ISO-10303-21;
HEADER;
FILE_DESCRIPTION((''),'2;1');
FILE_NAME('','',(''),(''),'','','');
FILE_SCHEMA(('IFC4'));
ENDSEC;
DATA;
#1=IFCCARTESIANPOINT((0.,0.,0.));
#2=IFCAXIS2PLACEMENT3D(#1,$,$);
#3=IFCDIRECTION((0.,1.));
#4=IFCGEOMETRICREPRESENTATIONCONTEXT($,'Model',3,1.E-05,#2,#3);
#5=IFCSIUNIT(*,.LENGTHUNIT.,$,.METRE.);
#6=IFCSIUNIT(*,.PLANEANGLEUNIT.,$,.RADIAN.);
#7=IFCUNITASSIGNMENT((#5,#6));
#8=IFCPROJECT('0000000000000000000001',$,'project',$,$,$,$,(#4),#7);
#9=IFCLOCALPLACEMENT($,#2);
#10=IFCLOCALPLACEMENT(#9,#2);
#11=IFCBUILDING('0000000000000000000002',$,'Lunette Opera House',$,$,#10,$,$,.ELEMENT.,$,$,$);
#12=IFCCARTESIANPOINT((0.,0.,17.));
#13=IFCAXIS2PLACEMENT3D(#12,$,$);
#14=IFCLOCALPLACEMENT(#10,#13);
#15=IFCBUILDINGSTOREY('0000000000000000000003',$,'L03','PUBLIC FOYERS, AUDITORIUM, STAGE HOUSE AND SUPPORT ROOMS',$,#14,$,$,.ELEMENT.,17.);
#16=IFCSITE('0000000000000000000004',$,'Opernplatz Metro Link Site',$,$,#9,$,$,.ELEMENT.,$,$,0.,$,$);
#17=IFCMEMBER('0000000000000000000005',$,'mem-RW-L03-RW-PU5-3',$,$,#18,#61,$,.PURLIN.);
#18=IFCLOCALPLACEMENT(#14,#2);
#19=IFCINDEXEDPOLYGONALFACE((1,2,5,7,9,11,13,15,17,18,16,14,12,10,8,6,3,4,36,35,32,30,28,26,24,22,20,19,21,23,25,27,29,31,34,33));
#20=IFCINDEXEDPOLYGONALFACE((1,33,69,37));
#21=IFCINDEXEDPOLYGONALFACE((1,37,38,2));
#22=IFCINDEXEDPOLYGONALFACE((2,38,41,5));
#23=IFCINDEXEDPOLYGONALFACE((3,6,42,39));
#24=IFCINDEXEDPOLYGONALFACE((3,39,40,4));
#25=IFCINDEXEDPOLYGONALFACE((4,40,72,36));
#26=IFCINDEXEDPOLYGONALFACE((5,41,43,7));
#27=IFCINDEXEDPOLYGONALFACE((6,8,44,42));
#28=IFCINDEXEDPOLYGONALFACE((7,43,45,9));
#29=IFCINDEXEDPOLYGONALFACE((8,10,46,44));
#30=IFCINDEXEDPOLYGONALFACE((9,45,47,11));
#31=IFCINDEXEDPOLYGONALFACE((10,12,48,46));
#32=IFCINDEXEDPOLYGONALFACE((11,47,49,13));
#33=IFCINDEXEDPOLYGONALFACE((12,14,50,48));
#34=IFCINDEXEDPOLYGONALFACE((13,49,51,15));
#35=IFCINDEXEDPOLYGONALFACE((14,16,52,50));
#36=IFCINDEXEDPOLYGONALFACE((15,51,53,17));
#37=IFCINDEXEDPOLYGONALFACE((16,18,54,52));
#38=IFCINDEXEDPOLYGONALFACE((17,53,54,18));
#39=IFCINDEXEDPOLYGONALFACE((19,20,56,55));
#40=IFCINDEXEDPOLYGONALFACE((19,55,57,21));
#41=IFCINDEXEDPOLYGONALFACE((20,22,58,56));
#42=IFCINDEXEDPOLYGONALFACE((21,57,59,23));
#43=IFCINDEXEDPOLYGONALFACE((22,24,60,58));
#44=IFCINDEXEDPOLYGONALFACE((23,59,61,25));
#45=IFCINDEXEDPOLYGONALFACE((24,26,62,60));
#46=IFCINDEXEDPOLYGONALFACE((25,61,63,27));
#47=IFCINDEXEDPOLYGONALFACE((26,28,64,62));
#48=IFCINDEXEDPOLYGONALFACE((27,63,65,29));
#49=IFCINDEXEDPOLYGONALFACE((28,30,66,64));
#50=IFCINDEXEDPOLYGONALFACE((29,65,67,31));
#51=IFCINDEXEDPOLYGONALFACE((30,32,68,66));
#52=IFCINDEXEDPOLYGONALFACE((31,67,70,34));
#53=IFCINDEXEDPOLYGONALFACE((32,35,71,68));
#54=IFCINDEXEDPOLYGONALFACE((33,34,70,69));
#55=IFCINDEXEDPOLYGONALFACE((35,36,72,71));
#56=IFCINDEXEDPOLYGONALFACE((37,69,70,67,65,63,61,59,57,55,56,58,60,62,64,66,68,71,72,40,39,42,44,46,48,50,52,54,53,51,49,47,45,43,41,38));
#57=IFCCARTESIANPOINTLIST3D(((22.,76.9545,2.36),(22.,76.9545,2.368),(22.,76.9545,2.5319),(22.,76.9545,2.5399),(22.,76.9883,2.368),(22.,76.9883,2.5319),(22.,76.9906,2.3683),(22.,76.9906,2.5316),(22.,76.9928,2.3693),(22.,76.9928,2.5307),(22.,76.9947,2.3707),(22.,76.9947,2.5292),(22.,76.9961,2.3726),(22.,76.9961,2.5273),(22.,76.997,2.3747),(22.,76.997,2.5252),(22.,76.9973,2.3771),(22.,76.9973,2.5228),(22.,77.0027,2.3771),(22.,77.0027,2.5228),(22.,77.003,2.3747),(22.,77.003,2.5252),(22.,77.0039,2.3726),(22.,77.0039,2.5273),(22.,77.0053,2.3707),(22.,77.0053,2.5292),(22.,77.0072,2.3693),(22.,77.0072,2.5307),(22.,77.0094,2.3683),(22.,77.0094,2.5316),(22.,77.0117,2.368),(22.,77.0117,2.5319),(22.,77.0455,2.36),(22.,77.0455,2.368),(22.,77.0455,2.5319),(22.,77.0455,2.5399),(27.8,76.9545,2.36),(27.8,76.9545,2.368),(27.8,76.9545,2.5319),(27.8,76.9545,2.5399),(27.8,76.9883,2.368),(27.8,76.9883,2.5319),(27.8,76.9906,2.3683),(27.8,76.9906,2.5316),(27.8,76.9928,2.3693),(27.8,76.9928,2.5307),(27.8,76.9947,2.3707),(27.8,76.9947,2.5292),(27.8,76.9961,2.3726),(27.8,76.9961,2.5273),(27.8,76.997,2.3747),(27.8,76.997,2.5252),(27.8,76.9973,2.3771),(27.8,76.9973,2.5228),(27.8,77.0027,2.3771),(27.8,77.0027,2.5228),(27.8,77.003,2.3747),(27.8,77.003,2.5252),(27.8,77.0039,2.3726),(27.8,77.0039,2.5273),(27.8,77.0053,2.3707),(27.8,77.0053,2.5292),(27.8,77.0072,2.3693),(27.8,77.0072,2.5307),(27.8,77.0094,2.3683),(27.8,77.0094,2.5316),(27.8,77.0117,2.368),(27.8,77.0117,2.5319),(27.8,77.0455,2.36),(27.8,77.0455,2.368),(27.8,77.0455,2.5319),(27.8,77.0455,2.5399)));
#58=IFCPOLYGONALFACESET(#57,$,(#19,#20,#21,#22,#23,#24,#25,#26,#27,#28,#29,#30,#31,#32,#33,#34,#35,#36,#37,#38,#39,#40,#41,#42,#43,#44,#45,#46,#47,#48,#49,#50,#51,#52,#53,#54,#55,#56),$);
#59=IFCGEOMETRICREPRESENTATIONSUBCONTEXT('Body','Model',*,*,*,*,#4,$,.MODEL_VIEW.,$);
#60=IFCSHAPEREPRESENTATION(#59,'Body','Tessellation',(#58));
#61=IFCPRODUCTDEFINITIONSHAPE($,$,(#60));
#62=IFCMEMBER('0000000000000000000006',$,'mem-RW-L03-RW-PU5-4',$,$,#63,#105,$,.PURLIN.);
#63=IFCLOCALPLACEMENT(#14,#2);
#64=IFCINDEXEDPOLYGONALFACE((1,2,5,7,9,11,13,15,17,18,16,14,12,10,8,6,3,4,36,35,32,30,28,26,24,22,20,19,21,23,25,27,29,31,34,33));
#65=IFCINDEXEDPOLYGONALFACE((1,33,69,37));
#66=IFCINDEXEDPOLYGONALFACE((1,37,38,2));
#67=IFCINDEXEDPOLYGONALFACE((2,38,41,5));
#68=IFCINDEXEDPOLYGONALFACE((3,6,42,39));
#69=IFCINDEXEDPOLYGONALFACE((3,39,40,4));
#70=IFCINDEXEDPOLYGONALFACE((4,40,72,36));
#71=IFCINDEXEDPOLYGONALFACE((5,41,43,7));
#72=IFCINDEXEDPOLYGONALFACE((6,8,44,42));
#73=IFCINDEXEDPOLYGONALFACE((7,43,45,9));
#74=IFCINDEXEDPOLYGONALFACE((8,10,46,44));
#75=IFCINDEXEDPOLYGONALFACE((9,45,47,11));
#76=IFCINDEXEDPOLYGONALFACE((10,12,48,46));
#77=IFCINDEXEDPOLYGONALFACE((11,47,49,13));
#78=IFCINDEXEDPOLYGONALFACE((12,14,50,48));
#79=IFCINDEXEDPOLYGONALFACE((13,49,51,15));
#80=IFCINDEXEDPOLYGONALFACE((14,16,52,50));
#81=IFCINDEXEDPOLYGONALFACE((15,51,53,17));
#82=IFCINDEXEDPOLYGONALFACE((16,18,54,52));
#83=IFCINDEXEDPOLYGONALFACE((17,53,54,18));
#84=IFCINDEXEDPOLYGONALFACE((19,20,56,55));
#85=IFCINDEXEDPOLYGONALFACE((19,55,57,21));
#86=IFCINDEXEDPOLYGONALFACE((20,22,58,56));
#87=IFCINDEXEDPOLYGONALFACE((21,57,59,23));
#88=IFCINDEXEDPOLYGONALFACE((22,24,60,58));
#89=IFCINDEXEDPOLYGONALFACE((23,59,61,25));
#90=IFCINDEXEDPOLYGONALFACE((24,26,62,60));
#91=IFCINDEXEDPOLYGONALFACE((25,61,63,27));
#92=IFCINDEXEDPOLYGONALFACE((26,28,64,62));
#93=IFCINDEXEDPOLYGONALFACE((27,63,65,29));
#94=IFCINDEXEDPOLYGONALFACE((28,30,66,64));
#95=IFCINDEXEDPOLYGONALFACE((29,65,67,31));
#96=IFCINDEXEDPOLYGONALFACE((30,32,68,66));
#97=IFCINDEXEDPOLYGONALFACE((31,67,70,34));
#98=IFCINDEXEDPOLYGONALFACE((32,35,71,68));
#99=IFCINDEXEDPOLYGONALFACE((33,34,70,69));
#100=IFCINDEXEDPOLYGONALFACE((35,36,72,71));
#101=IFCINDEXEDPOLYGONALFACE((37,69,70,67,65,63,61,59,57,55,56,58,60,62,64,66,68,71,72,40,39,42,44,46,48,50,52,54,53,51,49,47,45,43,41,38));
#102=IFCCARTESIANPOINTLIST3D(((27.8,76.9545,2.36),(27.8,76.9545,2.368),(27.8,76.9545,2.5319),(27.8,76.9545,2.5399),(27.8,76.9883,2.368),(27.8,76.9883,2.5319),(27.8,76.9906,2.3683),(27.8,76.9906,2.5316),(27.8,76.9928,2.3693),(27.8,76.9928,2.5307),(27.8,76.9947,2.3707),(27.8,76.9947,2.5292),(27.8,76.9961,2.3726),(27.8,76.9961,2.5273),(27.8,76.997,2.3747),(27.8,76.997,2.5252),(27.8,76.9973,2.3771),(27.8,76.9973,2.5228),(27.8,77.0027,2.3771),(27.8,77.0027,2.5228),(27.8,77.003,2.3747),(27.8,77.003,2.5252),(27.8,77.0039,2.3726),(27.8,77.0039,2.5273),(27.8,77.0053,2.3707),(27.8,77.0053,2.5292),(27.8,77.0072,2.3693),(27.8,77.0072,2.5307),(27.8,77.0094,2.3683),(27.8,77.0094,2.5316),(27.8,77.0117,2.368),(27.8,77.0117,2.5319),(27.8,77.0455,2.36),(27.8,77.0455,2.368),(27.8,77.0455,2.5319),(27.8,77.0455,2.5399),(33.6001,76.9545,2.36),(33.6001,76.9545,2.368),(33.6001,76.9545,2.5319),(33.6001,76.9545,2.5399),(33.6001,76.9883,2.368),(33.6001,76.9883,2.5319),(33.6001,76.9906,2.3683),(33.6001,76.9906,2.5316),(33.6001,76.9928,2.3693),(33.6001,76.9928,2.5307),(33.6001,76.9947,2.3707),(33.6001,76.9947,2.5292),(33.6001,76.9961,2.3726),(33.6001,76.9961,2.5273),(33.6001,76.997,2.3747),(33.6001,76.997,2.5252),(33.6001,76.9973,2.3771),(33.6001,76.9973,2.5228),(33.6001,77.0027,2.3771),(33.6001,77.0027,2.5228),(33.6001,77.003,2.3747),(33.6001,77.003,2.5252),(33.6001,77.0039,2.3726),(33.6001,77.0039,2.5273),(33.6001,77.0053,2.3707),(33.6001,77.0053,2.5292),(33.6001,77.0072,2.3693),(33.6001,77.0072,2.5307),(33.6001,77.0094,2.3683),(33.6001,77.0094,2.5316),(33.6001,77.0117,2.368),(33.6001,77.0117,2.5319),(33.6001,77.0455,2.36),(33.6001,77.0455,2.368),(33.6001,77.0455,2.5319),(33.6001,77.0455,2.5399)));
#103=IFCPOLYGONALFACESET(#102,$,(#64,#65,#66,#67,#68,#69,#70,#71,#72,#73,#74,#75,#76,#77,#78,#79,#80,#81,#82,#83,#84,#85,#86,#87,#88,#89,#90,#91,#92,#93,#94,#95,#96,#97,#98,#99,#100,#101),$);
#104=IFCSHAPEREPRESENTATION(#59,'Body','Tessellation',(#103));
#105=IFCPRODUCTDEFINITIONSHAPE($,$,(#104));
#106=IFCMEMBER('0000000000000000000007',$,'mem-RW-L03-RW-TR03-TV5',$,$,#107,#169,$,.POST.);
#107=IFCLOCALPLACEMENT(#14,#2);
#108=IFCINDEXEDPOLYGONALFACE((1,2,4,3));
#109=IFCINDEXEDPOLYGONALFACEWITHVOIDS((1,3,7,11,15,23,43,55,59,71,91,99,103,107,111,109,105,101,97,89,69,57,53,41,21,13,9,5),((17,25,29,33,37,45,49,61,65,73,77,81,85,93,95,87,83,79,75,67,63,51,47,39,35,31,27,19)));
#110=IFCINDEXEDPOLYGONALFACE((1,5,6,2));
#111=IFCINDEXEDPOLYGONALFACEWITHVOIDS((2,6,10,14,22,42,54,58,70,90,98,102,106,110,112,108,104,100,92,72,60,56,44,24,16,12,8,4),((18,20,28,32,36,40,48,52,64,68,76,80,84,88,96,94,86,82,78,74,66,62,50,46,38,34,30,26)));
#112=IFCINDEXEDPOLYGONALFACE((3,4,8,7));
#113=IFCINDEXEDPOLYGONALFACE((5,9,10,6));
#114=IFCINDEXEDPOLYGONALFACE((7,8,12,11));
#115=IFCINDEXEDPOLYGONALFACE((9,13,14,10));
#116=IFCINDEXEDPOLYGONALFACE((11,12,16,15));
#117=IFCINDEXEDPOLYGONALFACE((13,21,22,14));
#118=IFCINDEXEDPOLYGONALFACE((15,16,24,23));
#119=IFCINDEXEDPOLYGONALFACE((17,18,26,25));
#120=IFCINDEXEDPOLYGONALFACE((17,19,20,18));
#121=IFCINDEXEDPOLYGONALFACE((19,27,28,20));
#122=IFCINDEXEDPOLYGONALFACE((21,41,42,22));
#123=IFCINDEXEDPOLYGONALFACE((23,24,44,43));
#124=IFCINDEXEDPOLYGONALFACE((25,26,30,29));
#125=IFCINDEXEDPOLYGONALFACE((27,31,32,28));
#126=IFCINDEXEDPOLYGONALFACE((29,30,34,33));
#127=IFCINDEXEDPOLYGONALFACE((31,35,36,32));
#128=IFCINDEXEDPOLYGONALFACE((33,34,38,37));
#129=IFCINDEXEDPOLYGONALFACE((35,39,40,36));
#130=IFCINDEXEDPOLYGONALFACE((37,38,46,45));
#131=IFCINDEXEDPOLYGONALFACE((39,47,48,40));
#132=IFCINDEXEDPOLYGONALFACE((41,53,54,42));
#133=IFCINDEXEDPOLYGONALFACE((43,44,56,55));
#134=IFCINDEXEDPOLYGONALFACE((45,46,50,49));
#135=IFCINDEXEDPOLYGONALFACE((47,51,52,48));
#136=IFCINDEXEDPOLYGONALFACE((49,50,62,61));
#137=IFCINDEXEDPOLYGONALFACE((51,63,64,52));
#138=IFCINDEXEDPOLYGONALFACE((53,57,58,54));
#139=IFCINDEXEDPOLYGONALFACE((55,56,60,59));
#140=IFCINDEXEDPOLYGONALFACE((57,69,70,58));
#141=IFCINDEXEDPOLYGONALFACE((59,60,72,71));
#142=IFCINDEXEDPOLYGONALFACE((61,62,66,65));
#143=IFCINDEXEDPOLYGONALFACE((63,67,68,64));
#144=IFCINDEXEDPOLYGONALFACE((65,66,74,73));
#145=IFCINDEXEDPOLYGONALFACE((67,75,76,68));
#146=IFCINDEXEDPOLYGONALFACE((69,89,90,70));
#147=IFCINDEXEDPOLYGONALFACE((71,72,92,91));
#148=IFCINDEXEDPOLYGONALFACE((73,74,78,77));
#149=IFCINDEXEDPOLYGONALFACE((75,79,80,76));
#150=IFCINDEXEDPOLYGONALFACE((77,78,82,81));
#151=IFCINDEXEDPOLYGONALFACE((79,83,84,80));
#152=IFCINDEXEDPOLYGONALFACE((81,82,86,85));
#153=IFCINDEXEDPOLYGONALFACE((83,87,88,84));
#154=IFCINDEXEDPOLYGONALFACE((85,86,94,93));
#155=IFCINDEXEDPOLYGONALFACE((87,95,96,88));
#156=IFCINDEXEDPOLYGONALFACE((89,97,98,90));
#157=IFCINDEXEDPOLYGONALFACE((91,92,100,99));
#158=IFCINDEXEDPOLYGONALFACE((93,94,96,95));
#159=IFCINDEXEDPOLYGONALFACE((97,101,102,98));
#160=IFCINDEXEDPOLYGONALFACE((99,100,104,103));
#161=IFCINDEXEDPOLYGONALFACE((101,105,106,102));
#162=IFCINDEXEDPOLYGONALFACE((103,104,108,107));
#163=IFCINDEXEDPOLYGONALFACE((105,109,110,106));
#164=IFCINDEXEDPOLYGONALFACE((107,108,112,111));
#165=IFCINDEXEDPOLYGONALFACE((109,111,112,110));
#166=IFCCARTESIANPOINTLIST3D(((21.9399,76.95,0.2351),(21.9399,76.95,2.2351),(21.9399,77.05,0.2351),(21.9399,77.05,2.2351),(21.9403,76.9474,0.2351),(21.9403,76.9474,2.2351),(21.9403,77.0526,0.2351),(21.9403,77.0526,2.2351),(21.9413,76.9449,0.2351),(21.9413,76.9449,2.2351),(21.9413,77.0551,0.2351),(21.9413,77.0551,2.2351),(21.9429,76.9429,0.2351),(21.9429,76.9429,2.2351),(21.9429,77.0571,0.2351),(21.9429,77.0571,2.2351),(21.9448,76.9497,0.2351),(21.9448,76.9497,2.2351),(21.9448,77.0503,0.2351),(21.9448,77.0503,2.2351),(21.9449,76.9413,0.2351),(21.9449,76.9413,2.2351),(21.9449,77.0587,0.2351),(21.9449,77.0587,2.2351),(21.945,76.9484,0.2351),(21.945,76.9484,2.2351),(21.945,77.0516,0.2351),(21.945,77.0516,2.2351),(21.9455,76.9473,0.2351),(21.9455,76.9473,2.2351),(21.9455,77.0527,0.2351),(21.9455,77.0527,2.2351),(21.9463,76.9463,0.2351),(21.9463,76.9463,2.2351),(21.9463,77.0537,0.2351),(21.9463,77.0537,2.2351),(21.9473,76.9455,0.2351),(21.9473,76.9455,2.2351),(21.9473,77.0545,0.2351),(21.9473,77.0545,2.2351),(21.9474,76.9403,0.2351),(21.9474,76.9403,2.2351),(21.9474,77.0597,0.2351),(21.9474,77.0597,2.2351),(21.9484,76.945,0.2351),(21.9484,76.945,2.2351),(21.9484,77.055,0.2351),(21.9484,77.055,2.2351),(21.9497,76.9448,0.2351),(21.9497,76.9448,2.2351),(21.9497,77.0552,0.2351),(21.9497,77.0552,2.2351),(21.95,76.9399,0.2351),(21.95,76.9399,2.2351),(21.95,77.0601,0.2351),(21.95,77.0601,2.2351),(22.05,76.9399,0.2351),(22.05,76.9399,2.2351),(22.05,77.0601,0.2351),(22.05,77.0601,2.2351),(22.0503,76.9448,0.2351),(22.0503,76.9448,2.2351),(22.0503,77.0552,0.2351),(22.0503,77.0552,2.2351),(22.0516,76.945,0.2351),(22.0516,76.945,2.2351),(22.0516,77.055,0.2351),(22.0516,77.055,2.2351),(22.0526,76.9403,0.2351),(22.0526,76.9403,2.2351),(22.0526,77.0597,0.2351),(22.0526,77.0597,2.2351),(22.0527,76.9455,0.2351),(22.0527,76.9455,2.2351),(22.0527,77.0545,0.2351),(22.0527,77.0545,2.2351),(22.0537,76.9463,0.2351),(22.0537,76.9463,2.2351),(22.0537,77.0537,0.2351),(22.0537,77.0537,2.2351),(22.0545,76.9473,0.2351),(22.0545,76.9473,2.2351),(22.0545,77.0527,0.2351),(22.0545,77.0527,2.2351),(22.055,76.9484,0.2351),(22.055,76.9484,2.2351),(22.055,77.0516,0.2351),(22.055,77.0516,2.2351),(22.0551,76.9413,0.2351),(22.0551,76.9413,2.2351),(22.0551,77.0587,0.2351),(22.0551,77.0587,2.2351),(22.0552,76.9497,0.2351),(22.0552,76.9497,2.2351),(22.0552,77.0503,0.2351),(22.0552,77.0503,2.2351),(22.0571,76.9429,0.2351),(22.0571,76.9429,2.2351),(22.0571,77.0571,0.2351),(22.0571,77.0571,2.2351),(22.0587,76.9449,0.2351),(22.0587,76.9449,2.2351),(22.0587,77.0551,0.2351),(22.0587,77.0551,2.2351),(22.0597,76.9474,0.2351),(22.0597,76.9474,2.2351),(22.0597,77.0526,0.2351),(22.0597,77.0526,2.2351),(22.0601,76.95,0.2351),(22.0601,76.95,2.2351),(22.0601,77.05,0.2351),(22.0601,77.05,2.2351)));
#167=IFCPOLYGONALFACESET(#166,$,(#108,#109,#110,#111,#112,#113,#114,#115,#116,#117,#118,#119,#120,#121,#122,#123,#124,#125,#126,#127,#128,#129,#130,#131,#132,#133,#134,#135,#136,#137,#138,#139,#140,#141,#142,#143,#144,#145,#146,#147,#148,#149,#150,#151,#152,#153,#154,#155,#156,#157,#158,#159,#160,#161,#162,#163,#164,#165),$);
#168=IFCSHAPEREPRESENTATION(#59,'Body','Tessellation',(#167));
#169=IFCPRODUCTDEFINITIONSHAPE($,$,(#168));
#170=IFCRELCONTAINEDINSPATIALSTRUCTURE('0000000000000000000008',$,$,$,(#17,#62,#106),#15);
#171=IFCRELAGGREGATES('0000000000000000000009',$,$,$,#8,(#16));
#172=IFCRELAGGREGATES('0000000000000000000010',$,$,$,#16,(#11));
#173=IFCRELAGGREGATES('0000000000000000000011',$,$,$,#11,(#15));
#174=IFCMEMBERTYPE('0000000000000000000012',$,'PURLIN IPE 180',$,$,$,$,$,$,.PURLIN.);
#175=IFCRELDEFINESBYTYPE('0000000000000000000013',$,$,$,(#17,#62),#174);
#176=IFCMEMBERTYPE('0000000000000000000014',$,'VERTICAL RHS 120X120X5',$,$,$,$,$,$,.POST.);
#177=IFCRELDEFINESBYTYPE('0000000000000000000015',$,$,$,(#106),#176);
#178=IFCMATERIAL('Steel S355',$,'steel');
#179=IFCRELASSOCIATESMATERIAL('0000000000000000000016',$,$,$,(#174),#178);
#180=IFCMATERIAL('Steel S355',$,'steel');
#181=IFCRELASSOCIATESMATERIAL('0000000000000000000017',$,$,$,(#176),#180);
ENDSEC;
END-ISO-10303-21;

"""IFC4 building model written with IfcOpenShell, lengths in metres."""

from ifc_helpers import new_model, si_unit, direction, frame, origin, origin_2d, place, context, subcontext, project, spatial, hollow_rectangle, i_section, extrude, material, material_profile, profile_set, type_object, element, save


model = new_model("IFC4")

# Units and contexts
model_context = context("Model", 3, precision=1e-05, world=origin(), true_north=direction((0.0, 1.0)))
body_context = subcontext(model_context, "Body", "Model", "MODEL_VIEW")
ifc_project = project(units=[si_unit("LENGTHUNIT", "METRE"), si_unit("PLANEANGLEUNIT", "RADIAN")], contexts=[model_context])

# Site, building, storey
site_placement = place(None, origin())
site = spatial("IfcSite", under=ifc_project, at=site_placement, Name="Opernplatz Metro Link Site", CompositionType="ELEMENT", RefElevation=0.0)
building_placement = place(site_placement, origin())
building = spatial("IfcBuilding", under=site, at=building_placement, Name="Lunette Opera House", CompositionType="ELEMENT")
storey_placement = place(building_placement, frame((0.0, 0.0, 17.0)))
storey = spatial("IfcBuildingStorey", under=building, at=storey_placement, Name="L03", Description="PUBLIC FOYERS, AUDITORIUM, STAGE HOUSE AND SUPPORT ROOMS", CompositionType="ELEMENT", Elevation=17.0)

# Members
ifc_material_1 = material(Name="Steel S355", Category="steel")
ifc_material_profile_1 = material_profile(ifc_material_1, i_section(OverallWidth=0.0911, OverallDepth=0.1799, WebThickness=0.0054, FlangeThickness=0.0081, FilletRadius=0.009, at=origin_2d()), Name="IPE 180")
ifc_profile_set_1 = profile_set([ifc_material_profile_1], Name="Steel S355")
member_type_1 = type_object("IfcMemberType", Name="PURLIN IPE 180", PredefinedType="PURLIN", material=ifc_profile_set_1)
for number, where, z_axis, x_axis, name in (
    (1, (22.0, 77.0, 2.45), (1.0, 0.0, 0.0), (0.0, 1.0, 0.0), "mem-RW-L03-RW-PU5-3"),
    (2, (27.8, 77.0, 2.45), (1.0, 0.0, 0.0), (0.0, 1.0, 0.0), "mem-RW-L03-RW-PU5-4"),
):
    element("IfcMember", number, at=place(storey_placement, frame(where, z_axis=z_axis, x_axis=x_axis)), inside=storey, type_object=member_type_1, Name=name, PredefinedType="PURLIN", context=body_context, shape_type="SweptSolid", body=[
        extrude(i_section(OverallWidth=0.0911, OverallDepth=0.1799, WebThickness=0.0054, FlangeThickness=0.0081, FilletRadius=0.009, at=origin_2d()), origin(), (0.0, 0.0, 1.0), 5.8),
    ])
ifc_material_2 = material(Name="Steel S355", Category="steel")
ifc_material_profile_2 = material_profile(ifc_material_2, hollow_rectangle(XDim=0.1201, YDim=0.1201, WallThickness=0.0049, InnerFilletRadius=0.0049, OuterFilletRadius=0.01, at=origin_2d()), Name="RHS 120X120X5")
ifc_profile_set_2 = profile_set([ifc_material_profile_2], Name="Steel S355")
member_type_2 = type_object("IfcMemberType", Name="VERTICAL RHS 120X120X5", PredefinedType="POST", material=ifc_profile_set_2)
for number, where, z_axis, x_axis, name in (
    (3, (22.0, 77.0, 0.2351), (0.0, 0.0, 1.0), (1.0, 0.0, 0.0), "mem-RW-L03-RW-TR03-TV5"),
):
    element("IfcMember", number, at=place(storey_placement, frame(where, z_axis=z_axis, x_axis=x_axis)), inside=storey, type_object=member_type_2, Name=name, PredefinedType="POST", context=body_context, shape_type="SweptSolid", body=[
        extrude(hollow_rectangle(XDim=0.1201, YDim=0.1201, WallThickness=0.0049, InnerFilletRadius=0.0049, OuterFilletRadius=0.01, at=origin_2d()), origin(), (0.0, 0.0, 1.0), 2.0),
    ])

save(model, "model.ifc")
